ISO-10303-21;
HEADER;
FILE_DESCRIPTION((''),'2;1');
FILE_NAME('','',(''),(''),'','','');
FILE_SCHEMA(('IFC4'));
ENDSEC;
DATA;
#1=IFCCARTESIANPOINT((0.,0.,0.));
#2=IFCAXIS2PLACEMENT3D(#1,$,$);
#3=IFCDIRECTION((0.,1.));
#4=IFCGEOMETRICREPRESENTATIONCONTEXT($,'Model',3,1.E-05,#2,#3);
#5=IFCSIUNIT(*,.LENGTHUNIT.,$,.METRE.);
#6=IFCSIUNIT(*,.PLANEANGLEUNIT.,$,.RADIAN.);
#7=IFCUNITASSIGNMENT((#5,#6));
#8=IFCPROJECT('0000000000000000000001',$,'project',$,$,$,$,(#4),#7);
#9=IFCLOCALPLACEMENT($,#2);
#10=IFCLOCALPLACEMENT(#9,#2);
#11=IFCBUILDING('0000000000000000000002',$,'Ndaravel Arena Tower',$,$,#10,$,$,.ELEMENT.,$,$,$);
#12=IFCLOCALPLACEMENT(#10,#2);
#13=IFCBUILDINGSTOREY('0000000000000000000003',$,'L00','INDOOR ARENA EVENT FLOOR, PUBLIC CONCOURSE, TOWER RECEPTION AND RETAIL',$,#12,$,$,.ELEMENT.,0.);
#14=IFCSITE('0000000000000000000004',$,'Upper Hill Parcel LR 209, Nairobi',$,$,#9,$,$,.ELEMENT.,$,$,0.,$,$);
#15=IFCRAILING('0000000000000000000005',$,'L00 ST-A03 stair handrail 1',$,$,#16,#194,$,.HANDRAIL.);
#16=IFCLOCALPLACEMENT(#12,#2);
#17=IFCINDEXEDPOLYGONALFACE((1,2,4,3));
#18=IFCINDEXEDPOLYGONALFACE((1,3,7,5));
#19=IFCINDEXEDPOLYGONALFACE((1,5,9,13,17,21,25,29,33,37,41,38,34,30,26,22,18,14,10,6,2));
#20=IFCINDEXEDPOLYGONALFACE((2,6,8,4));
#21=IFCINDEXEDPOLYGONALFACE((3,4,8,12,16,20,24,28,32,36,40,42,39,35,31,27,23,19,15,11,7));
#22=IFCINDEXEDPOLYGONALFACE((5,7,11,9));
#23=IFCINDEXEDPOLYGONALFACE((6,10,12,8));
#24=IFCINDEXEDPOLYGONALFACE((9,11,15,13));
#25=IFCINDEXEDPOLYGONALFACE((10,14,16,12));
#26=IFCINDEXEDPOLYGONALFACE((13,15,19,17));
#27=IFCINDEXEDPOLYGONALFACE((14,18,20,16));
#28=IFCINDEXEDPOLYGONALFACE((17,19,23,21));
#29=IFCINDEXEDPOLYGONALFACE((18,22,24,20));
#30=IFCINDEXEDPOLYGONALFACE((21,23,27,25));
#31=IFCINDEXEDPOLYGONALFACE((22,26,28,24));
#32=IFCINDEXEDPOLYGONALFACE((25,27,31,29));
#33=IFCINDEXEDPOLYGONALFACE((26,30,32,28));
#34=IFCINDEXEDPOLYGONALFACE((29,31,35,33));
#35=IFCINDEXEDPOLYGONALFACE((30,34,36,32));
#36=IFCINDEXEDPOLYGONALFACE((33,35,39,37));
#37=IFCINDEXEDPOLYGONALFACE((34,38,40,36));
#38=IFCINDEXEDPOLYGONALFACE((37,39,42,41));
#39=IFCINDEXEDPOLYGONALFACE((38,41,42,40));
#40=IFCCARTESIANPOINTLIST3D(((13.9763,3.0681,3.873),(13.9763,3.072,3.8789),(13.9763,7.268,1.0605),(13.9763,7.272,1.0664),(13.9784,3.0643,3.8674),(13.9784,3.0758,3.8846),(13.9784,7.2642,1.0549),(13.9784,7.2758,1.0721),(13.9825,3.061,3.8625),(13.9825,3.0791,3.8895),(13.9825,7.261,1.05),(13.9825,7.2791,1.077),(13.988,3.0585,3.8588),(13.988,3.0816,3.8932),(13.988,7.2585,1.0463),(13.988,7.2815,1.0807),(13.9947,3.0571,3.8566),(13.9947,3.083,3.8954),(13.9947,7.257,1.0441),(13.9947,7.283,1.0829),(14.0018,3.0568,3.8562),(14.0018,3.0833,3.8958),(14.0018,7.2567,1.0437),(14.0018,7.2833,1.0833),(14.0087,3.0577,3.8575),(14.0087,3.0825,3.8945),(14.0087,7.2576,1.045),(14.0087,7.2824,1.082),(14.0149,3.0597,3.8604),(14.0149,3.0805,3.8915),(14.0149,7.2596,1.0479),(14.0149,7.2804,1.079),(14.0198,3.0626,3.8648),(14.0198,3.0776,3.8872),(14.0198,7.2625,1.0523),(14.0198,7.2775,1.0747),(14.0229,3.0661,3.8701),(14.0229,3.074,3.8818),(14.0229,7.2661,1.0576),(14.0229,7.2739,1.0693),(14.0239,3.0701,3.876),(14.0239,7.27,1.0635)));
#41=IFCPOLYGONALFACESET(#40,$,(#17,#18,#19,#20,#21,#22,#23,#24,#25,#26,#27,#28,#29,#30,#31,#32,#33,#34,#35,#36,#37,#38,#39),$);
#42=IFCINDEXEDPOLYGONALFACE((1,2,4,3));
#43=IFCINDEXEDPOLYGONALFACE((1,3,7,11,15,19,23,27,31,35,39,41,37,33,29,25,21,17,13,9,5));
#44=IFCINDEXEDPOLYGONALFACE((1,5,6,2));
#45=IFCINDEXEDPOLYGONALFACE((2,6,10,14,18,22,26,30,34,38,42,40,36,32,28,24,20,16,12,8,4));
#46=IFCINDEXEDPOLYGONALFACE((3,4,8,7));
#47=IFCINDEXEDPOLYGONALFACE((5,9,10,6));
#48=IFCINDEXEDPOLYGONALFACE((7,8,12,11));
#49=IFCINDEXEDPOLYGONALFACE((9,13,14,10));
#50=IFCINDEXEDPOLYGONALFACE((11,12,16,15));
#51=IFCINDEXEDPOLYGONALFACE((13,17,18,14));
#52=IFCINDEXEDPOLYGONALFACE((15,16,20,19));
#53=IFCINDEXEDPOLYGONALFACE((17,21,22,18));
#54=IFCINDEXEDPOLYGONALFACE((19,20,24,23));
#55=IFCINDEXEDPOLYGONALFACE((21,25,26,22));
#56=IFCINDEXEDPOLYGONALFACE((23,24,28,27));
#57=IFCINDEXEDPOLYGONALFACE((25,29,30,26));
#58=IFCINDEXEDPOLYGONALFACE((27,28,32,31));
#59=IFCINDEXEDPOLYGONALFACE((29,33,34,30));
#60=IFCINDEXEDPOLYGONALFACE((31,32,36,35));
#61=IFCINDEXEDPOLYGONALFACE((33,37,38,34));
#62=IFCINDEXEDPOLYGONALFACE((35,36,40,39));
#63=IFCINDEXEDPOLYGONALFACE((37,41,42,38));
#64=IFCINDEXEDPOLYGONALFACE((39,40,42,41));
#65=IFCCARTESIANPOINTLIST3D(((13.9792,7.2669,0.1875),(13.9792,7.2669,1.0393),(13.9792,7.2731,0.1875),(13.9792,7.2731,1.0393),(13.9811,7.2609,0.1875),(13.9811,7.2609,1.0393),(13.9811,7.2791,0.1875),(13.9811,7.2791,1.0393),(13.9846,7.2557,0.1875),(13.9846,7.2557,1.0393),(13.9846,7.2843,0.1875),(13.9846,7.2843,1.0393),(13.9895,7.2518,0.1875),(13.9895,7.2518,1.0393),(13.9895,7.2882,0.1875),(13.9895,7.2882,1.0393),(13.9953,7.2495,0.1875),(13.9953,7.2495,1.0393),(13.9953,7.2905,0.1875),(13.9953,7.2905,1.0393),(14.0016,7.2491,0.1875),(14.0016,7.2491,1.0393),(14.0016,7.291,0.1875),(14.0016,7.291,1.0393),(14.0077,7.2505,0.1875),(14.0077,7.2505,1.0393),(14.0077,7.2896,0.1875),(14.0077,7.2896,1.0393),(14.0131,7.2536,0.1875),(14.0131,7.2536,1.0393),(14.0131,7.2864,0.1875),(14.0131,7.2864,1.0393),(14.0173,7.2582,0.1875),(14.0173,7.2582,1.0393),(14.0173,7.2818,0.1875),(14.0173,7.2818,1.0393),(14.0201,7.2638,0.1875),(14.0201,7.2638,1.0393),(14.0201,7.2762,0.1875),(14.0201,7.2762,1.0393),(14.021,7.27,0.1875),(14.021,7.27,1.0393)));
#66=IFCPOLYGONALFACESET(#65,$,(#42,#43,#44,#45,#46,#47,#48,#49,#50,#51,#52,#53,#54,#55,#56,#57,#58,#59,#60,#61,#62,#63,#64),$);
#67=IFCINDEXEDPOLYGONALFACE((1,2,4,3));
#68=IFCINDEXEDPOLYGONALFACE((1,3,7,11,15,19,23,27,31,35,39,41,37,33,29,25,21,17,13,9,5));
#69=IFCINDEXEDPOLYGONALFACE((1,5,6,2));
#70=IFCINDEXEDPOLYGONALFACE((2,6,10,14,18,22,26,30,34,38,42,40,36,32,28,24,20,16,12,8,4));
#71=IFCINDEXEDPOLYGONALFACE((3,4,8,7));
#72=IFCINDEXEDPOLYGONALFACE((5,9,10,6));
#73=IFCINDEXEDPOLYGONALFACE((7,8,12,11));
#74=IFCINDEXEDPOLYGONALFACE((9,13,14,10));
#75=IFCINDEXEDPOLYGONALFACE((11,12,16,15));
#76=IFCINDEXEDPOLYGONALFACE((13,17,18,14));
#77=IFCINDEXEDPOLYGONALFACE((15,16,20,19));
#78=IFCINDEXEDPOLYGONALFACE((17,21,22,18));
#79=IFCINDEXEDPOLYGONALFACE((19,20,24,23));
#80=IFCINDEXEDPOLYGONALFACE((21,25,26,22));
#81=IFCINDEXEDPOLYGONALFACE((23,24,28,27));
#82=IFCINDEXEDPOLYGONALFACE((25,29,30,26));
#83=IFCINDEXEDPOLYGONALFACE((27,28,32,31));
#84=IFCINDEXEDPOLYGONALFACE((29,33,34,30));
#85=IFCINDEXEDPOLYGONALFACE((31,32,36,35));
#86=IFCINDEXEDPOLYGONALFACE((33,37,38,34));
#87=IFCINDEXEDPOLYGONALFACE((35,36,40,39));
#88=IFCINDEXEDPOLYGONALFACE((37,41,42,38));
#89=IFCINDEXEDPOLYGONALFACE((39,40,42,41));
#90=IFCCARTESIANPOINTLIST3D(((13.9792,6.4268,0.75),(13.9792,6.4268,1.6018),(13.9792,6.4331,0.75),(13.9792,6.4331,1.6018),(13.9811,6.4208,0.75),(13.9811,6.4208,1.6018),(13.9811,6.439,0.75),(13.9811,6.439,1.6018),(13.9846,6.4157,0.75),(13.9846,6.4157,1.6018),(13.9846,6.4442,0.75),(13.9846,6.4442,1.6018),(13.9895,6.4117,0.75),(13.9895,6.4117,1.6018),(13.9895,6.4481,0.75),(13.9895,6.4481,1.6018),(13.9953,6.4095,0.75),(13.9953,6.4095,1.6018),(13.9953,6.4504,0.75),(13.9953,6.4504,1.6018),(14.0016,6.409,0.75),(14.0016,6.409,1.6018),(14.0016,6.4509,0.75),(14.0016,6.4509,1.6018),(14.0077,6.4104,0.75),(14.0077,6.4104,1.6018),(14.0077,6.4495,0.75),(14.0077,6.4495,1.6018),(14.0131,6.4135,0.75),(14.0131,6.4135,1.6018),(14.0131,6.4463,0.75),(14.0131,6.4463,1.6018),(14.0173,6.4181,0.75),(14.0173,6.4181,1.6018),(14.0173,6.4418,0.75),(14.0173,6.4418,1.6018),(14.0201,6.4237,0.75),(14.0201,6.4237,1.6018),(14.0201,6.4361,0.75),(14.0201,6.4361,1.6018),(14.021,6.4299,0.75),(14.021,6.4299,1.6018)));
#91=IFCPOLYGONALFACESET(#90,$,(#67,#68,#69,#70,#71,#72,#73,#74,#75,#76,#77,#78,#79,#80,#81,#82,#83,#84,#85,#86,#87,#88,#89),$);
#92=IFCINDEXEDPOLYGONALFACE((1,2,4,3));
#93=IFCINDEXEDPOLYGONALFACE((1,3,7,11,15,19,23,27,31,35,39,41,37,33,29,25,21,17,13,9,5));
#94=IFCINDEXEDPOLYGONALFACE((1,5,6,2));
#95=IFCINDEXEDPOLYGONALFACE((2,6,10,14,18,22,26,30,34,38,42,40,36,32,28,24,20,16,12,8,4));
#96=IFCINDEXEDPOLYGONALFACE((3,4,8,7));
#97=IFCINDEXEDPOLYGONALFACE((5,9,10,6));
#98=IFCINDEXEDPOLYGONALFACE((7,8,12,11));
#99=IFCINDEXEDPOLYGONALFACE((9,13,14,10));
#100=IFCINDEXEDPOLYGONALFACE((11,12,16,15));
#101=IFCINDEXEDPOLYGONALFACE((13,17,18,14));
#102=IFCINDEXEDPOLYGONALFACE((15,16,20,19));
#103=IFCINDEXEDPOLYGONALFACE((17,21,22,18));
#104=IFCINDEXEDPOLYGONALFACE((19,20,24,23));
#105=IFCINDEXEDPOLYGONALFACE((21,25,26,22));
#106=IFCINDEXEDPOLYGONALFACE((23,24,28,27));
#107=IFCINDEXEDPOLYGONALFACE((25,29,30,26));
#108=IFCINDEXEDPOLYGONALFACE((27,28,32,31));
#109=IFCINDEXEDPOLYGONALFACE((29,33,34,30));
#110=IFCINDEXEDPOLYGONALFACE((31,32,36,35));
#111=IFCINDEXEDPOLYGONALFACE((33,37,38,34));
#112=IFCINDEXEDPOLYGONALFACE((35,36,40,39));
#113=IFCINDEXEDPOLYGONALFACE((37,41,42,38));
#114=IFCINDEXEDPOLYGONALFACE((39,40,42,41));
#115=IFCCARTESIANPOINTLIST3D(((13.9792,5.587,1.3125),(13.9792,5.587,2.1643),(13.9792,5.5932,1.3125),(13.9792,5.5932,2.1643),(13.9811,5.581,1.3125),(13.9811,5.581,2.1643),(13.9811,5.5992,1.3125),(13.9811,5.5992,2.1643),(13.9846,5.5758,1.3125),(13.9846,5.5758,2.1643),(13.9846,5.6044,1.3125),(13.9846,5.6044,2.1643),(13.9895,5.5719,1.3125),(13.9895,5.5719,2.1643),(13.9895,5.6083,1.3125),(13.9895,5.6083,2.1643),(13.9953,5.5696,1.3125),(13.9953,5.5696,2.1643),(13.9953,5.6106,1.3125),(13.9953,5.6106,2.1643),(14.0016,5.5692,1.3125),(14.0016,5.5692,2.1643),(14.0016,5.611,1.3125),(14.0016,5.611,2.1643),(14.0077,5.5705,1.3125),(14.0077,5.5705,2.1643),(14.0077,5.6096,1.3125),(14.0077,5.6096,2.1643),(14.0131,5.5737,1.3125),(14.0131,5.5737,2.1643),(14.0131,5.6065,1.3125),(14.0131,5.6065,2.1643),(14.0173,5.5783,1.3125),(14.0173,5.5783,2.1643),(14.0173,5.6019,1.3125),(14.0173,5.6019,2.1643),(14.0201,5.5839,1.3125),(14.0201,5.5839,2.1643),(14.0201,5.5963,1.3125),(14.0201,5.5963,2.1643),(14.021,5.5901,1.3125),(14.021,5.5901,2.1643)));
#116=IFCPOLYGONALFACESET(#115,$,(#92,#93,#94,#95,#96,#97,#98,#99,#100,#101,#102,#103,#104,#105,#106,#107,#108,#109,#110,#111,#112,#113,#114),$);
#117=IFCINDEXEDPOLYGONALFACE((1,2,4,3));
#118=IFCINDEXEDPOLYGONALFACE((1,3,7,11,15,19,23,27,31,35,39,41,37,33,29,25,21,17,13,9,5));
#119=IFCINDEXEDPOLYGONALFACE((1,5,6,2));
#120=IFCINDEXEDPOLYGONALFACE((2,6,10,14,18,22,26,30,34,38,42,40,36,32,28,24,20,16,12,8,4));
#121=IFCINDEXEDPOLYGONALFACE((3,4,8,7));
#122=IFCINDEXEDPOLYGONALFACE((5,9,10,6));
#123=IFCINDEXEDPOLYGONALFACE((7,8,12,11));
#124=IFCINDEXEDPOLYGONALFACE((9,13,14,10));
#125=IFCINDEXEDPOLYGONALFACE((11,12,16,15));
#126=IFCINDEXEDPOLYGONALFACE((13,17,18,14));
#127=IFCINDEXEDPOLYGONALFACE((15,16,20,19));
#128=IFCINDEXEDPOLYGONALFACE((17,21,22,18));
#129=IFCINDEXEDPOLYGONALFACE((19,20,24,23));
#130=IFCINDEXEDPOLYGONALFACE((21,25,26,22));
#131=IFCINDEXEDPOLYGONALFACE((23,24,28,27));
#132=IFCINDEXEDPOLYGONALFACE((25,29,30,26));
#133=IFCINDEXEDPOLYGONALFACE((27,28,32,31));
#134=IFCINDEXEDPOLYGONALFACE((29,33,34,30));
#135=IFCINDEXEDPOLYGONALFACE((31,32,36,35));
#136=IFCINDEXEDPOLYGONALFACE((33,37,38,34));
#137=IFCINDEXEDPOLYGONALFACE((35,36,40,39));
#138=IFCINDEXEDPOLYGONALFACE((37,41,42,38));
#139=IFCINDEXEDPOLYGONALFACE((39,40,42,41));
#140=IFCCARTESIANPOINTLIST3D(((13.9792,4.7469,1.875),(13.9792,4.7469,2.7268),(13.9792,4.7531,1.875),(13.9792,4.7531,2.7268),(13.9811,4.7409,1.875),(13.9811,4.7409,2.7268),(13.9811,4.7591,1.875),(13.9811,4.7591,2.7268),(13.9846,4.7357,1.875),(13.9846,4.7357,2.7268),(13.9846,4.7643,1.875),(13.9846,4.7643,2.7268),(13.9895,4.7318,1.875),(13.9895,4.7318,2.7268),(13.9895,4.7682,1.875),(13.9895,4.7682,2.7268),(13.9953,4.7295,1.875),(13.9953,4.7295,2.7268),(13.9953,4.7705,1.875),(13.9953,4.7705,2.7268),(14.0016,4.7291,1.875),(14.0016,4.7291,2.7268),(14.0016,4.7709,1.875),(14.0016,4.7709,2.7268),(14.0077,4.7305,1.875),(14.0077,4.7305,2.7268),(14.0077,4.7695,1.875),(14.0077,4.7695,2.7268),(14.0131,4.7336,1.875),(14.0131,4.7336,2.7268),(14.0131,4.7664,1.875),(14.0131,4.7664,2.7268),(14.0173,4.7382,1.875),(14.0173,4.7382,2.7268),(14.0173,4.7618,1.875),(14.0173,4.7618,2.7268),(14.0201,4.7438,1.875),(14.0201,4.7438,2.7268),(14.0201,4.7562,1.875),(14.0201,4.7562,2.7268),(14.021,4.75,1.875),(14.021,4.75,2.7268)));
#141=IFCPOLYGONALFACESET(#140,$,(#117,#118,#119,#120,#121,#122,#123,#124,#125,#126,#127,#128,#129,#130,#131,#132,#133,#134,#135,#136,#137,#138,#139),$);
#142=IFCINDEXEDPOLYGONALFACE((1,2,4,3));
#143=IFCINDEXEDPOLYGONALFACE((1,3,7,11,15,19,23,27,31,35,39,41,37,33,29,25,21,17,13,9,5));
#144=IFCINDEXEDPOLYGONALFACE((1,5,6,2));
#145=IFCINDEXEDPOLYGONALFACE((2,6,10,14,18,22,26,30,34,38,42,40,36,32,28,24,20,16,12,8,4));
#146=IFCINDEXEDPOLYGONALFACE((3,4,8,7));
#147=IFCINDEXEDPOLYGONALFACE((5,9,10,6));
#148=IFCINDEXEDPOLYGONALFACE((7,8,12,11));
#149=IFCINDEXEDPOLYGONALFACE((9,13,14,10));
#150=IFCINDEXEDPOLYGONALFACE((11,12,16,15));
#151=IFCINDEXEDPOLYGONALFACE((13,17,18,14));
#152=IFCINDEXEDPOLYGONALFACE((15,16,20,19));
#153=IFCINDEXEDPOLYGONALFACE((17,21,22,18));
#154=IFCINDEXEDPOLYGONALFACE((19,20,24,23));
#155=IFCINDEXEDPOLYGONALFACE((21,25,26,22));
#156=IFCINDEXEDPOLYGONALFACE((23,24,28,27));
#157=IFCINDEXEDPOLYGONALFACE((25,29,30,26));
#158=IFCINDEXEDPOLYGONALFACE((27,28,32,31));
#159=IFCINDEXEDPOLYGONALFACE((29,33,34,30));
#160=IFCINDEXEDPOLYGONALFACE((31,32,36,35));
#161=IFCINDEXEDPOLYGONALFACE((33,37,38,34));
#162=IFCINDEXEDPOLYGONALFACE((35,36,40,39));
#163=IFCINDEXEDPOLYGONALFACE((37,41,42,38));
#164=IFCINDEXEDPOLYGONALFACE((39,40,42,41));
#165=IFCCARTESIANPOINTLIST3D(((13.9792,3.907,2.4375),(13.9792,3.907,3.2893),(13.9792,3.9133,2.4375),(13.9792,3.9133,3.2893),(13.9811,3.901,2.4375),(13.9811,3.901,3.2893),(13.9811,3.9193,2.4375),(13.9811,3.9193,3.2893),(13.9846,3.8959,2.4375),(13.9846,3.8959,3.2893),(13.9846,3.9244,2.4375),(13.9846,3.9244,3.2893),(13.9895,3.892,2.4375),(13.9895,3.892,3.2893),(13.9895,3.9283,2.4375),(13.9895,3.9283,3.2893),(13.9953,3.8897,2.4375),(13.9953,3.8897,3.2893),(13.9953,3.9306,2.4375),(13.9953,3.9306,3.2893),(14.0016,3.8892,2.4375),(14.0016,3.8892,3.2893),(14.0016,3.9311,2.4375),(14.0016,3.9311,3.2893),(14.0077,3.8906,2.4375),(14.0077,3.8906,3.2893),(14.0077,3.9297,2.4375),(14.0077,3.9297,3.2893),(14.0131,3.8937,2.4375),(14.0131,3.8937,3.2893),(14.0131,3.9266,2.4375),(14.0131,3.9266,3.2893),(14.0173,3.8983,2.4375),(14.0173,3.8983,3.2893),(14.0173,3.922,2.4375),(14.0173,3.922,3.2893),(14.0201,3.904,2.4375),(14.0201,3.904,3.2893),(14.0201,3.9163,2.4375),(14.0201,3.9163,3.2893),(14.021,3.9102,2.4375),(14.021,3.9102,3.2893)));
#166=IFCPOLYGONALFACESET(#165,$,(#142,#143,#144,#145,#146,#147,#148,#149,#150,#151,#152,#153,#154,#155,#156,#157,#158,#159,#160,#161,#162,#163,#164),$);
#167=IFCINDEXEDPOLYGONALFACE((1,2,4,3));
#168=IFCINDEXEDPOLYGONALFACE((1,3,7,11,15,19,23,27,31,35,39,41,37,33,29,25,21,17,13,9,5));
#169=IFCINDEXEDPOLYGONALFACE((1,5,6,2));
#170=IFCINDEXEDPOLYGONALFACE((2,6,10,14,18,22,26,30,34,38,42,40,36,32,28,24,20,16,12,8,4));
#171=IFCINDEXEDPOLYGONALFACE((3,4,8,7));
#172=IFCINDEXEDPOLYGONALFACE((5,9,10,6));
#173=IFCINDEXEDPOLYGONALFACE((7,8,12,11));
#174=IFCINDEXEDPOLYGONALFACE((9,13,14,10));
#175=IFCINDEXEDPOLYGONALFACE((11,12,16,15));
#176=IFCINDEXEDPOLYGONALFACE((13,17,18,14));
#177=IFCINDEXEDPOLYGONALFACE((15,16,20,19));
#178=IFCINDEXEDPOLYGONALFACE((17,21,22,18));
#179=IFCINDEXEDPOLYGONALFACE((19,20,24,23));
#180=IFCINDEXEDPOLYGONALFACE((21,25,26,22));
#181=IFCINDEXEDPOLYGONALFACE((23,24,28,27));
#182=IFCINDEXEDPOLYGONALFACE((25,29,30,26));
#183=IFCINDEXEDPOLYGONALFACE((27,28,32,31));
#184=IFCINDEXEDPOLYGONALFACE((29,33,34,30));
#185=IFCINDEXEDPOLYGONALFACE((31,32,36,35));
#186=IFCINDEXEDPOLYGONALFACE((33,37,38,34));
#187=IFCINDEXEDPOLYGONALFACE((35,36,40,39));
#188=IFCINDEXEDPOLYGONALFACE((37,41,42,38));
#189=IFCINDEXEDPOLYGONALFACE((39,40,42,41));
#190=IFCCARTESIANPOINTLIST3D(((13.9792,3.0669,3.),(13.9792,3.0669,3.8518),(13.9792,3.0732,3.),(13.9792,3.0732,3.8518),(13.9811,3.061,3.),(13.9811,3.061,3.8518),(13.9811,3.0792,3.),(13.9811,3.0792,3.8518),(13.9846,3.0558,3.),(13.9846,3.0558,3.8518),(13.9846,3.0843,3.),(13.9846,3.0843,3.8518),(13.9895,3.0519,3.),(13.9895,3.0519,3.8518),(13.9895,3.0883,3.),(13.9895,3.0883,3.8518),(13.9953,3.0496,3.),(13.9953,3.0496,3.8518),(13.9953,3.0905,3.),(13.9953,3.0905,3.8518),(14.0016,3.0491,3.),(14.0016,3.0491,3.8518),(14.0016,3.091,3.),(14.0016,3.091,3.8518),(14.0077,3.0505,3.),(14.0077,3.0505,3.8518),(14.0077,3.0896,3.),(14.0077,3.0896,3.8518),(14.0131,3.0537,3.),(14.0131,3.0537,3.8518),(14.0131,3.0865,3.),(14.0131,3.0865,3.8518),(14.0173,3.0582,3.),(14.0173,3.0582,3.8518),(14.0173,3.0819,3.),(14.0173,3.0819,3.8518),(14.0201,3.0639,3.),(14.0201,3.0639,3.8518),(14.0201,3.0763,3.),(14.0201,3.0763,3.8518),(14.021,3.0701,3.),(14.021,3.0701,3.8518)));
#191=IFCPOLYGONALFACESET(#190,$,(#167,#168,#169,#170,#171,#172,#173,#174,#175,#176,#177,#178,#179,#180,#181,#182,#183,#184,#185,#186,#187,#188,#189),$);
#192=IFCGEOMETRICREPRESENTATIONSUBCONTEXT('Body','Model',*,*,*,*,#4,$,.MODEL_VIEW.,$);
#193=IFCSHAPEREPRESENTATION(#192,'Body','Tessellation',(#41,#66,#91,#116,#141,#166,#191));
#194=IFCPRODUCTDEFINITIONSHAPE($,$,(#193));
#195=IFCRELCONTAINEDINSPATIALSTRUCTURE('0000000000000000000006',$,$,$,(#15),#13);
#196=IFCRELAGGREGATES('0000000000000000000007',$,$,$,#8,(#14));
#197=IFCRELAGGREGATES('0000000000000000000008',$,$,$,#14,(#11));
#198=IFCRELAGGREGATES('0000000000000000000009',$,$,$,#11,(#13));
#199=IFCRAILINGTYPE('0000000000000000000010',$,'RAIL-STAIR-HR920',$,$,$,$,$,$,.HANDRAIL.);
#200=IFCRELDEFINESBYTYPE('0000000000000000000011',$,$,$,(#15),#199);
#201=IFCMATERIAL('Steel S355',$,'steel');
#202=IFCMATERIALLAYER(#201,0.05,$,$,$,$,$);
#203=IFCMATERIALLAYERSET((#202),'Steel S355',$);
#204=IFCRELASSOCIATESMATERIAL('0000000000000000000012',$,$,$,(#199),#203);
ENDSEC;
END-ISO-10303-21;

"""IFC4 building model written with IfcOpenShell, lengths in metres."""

from ifc_helpers import new_model, si_unit, direction, frame, origin, origin_2d, place, context, subcontext, project, spatial, circle, extrude, material, layer, layer_set, type_object, element, save


model = new_model("IFC4")

# Units and contexts
model_context = context("Model", 3, precision=1e-05, world=origin(), true_north=direction((0.0, 1.0)))
body_context = subcontext(model_context, "Body", "Model", "MODEL_VIEW")
ifc_project = project(units=[si_unit("LENGTHUNIT", "METRE"), si_unit("PLANEANGLEUNIT", "RADIAN")], contexts=[model_context])

# Site, building, storey
site_placement = place(None, origin())
site = spatial("IfcSite", under=ifc_project, at=site_placement, Name="Upper Hill Parcel LR 209, Nairobi", CompositionType="ELEMENT", RefElevation=0.0)
building_placement = place(site_placement, origin())
building = spatial("IfcBuilding", under=site, at=building_placement, Name="Ndaravel Arena Tower", CompositionType="ELEMENT")
storey_placement = place(building_placement, origin())
storey = spatial("IfcBuildingStorey", under=building, at=storey_placement, Name="L00", Description="INDOOR ARENA EVENT FLOOR, PUBLIC CONCOURSE, TOWER RECEPTION AND RETAIL", CompositionType="ELEMENT", Elevation=0.0)

# Railing
ifc_material_1 = material(Name="Steel S355", Category="steel")
ifc_layer_1 = layer(ifc_material_1, 0.05)
ifc_layer_set_1 = layer_set([ifc_layer_1], Name="Steel S355")
railing_type_1 = type_object("IfcRailingType", Name="RAIL-STAIR-HR920", PredefinedType="HANDRAIL", material=ifc_layer_set_1)
railing_1_placement = place(storey_placement, frame((14.0, 7.27, 0.1875)))
element("IfcRailing", 1, at=railing_1_placement, inside=storey, type_object=railing_type_1, Name="L00 ST-A03 stair handrail 1", PredefinedType="HANDRAIL", context=body_context, shape_type="SweptSolid", body=[
    extrude(circle(Radius=0.0239, at=origin_2d()), frame((0.0, 0.0, 0.876), z_axis=(0.0, -0.830904, 0.556416), x_axis=(1.0, 0.0, 0.0)), (0.0, 0.0, 1.0), 5.0547),
    extrude(circle(Radius=0.021, at=origin_2d()), origin(), (0.0, 0.0, 1.0), 0.8518),
    extrude(circle(Radius=0.021, at=origin_2d()), frame((0.0, -0.8401, 0.5625)), (0.0, 0.0, 1.0), 0.8518),
    extrude(circle(Radius=0.021, at=origin_2d()), frame((0.0, -1.6799, 1.125)), (0.0, 0.0, 1.0), 0.8518),
    extrude(circle(Radius=0.021, at=origin_2d()), frame((0.0, -2.52, 1.6875)), (0.0, 0.0, 1.0), 0.8518),
    extrude(circle(Radius=0.021, at=origin_2d()), frame((0.0, -3.3599, 2.25)), (0.0, 0.0, 1.0), 0.8518),
    extrude(circle(Radius=0.021, at=origin_2d()), frame((0.0, -4.2, 2.8125)), (0.0, 0.0, 1.0), 0.8518),
])

save(model, "model.ifc")
